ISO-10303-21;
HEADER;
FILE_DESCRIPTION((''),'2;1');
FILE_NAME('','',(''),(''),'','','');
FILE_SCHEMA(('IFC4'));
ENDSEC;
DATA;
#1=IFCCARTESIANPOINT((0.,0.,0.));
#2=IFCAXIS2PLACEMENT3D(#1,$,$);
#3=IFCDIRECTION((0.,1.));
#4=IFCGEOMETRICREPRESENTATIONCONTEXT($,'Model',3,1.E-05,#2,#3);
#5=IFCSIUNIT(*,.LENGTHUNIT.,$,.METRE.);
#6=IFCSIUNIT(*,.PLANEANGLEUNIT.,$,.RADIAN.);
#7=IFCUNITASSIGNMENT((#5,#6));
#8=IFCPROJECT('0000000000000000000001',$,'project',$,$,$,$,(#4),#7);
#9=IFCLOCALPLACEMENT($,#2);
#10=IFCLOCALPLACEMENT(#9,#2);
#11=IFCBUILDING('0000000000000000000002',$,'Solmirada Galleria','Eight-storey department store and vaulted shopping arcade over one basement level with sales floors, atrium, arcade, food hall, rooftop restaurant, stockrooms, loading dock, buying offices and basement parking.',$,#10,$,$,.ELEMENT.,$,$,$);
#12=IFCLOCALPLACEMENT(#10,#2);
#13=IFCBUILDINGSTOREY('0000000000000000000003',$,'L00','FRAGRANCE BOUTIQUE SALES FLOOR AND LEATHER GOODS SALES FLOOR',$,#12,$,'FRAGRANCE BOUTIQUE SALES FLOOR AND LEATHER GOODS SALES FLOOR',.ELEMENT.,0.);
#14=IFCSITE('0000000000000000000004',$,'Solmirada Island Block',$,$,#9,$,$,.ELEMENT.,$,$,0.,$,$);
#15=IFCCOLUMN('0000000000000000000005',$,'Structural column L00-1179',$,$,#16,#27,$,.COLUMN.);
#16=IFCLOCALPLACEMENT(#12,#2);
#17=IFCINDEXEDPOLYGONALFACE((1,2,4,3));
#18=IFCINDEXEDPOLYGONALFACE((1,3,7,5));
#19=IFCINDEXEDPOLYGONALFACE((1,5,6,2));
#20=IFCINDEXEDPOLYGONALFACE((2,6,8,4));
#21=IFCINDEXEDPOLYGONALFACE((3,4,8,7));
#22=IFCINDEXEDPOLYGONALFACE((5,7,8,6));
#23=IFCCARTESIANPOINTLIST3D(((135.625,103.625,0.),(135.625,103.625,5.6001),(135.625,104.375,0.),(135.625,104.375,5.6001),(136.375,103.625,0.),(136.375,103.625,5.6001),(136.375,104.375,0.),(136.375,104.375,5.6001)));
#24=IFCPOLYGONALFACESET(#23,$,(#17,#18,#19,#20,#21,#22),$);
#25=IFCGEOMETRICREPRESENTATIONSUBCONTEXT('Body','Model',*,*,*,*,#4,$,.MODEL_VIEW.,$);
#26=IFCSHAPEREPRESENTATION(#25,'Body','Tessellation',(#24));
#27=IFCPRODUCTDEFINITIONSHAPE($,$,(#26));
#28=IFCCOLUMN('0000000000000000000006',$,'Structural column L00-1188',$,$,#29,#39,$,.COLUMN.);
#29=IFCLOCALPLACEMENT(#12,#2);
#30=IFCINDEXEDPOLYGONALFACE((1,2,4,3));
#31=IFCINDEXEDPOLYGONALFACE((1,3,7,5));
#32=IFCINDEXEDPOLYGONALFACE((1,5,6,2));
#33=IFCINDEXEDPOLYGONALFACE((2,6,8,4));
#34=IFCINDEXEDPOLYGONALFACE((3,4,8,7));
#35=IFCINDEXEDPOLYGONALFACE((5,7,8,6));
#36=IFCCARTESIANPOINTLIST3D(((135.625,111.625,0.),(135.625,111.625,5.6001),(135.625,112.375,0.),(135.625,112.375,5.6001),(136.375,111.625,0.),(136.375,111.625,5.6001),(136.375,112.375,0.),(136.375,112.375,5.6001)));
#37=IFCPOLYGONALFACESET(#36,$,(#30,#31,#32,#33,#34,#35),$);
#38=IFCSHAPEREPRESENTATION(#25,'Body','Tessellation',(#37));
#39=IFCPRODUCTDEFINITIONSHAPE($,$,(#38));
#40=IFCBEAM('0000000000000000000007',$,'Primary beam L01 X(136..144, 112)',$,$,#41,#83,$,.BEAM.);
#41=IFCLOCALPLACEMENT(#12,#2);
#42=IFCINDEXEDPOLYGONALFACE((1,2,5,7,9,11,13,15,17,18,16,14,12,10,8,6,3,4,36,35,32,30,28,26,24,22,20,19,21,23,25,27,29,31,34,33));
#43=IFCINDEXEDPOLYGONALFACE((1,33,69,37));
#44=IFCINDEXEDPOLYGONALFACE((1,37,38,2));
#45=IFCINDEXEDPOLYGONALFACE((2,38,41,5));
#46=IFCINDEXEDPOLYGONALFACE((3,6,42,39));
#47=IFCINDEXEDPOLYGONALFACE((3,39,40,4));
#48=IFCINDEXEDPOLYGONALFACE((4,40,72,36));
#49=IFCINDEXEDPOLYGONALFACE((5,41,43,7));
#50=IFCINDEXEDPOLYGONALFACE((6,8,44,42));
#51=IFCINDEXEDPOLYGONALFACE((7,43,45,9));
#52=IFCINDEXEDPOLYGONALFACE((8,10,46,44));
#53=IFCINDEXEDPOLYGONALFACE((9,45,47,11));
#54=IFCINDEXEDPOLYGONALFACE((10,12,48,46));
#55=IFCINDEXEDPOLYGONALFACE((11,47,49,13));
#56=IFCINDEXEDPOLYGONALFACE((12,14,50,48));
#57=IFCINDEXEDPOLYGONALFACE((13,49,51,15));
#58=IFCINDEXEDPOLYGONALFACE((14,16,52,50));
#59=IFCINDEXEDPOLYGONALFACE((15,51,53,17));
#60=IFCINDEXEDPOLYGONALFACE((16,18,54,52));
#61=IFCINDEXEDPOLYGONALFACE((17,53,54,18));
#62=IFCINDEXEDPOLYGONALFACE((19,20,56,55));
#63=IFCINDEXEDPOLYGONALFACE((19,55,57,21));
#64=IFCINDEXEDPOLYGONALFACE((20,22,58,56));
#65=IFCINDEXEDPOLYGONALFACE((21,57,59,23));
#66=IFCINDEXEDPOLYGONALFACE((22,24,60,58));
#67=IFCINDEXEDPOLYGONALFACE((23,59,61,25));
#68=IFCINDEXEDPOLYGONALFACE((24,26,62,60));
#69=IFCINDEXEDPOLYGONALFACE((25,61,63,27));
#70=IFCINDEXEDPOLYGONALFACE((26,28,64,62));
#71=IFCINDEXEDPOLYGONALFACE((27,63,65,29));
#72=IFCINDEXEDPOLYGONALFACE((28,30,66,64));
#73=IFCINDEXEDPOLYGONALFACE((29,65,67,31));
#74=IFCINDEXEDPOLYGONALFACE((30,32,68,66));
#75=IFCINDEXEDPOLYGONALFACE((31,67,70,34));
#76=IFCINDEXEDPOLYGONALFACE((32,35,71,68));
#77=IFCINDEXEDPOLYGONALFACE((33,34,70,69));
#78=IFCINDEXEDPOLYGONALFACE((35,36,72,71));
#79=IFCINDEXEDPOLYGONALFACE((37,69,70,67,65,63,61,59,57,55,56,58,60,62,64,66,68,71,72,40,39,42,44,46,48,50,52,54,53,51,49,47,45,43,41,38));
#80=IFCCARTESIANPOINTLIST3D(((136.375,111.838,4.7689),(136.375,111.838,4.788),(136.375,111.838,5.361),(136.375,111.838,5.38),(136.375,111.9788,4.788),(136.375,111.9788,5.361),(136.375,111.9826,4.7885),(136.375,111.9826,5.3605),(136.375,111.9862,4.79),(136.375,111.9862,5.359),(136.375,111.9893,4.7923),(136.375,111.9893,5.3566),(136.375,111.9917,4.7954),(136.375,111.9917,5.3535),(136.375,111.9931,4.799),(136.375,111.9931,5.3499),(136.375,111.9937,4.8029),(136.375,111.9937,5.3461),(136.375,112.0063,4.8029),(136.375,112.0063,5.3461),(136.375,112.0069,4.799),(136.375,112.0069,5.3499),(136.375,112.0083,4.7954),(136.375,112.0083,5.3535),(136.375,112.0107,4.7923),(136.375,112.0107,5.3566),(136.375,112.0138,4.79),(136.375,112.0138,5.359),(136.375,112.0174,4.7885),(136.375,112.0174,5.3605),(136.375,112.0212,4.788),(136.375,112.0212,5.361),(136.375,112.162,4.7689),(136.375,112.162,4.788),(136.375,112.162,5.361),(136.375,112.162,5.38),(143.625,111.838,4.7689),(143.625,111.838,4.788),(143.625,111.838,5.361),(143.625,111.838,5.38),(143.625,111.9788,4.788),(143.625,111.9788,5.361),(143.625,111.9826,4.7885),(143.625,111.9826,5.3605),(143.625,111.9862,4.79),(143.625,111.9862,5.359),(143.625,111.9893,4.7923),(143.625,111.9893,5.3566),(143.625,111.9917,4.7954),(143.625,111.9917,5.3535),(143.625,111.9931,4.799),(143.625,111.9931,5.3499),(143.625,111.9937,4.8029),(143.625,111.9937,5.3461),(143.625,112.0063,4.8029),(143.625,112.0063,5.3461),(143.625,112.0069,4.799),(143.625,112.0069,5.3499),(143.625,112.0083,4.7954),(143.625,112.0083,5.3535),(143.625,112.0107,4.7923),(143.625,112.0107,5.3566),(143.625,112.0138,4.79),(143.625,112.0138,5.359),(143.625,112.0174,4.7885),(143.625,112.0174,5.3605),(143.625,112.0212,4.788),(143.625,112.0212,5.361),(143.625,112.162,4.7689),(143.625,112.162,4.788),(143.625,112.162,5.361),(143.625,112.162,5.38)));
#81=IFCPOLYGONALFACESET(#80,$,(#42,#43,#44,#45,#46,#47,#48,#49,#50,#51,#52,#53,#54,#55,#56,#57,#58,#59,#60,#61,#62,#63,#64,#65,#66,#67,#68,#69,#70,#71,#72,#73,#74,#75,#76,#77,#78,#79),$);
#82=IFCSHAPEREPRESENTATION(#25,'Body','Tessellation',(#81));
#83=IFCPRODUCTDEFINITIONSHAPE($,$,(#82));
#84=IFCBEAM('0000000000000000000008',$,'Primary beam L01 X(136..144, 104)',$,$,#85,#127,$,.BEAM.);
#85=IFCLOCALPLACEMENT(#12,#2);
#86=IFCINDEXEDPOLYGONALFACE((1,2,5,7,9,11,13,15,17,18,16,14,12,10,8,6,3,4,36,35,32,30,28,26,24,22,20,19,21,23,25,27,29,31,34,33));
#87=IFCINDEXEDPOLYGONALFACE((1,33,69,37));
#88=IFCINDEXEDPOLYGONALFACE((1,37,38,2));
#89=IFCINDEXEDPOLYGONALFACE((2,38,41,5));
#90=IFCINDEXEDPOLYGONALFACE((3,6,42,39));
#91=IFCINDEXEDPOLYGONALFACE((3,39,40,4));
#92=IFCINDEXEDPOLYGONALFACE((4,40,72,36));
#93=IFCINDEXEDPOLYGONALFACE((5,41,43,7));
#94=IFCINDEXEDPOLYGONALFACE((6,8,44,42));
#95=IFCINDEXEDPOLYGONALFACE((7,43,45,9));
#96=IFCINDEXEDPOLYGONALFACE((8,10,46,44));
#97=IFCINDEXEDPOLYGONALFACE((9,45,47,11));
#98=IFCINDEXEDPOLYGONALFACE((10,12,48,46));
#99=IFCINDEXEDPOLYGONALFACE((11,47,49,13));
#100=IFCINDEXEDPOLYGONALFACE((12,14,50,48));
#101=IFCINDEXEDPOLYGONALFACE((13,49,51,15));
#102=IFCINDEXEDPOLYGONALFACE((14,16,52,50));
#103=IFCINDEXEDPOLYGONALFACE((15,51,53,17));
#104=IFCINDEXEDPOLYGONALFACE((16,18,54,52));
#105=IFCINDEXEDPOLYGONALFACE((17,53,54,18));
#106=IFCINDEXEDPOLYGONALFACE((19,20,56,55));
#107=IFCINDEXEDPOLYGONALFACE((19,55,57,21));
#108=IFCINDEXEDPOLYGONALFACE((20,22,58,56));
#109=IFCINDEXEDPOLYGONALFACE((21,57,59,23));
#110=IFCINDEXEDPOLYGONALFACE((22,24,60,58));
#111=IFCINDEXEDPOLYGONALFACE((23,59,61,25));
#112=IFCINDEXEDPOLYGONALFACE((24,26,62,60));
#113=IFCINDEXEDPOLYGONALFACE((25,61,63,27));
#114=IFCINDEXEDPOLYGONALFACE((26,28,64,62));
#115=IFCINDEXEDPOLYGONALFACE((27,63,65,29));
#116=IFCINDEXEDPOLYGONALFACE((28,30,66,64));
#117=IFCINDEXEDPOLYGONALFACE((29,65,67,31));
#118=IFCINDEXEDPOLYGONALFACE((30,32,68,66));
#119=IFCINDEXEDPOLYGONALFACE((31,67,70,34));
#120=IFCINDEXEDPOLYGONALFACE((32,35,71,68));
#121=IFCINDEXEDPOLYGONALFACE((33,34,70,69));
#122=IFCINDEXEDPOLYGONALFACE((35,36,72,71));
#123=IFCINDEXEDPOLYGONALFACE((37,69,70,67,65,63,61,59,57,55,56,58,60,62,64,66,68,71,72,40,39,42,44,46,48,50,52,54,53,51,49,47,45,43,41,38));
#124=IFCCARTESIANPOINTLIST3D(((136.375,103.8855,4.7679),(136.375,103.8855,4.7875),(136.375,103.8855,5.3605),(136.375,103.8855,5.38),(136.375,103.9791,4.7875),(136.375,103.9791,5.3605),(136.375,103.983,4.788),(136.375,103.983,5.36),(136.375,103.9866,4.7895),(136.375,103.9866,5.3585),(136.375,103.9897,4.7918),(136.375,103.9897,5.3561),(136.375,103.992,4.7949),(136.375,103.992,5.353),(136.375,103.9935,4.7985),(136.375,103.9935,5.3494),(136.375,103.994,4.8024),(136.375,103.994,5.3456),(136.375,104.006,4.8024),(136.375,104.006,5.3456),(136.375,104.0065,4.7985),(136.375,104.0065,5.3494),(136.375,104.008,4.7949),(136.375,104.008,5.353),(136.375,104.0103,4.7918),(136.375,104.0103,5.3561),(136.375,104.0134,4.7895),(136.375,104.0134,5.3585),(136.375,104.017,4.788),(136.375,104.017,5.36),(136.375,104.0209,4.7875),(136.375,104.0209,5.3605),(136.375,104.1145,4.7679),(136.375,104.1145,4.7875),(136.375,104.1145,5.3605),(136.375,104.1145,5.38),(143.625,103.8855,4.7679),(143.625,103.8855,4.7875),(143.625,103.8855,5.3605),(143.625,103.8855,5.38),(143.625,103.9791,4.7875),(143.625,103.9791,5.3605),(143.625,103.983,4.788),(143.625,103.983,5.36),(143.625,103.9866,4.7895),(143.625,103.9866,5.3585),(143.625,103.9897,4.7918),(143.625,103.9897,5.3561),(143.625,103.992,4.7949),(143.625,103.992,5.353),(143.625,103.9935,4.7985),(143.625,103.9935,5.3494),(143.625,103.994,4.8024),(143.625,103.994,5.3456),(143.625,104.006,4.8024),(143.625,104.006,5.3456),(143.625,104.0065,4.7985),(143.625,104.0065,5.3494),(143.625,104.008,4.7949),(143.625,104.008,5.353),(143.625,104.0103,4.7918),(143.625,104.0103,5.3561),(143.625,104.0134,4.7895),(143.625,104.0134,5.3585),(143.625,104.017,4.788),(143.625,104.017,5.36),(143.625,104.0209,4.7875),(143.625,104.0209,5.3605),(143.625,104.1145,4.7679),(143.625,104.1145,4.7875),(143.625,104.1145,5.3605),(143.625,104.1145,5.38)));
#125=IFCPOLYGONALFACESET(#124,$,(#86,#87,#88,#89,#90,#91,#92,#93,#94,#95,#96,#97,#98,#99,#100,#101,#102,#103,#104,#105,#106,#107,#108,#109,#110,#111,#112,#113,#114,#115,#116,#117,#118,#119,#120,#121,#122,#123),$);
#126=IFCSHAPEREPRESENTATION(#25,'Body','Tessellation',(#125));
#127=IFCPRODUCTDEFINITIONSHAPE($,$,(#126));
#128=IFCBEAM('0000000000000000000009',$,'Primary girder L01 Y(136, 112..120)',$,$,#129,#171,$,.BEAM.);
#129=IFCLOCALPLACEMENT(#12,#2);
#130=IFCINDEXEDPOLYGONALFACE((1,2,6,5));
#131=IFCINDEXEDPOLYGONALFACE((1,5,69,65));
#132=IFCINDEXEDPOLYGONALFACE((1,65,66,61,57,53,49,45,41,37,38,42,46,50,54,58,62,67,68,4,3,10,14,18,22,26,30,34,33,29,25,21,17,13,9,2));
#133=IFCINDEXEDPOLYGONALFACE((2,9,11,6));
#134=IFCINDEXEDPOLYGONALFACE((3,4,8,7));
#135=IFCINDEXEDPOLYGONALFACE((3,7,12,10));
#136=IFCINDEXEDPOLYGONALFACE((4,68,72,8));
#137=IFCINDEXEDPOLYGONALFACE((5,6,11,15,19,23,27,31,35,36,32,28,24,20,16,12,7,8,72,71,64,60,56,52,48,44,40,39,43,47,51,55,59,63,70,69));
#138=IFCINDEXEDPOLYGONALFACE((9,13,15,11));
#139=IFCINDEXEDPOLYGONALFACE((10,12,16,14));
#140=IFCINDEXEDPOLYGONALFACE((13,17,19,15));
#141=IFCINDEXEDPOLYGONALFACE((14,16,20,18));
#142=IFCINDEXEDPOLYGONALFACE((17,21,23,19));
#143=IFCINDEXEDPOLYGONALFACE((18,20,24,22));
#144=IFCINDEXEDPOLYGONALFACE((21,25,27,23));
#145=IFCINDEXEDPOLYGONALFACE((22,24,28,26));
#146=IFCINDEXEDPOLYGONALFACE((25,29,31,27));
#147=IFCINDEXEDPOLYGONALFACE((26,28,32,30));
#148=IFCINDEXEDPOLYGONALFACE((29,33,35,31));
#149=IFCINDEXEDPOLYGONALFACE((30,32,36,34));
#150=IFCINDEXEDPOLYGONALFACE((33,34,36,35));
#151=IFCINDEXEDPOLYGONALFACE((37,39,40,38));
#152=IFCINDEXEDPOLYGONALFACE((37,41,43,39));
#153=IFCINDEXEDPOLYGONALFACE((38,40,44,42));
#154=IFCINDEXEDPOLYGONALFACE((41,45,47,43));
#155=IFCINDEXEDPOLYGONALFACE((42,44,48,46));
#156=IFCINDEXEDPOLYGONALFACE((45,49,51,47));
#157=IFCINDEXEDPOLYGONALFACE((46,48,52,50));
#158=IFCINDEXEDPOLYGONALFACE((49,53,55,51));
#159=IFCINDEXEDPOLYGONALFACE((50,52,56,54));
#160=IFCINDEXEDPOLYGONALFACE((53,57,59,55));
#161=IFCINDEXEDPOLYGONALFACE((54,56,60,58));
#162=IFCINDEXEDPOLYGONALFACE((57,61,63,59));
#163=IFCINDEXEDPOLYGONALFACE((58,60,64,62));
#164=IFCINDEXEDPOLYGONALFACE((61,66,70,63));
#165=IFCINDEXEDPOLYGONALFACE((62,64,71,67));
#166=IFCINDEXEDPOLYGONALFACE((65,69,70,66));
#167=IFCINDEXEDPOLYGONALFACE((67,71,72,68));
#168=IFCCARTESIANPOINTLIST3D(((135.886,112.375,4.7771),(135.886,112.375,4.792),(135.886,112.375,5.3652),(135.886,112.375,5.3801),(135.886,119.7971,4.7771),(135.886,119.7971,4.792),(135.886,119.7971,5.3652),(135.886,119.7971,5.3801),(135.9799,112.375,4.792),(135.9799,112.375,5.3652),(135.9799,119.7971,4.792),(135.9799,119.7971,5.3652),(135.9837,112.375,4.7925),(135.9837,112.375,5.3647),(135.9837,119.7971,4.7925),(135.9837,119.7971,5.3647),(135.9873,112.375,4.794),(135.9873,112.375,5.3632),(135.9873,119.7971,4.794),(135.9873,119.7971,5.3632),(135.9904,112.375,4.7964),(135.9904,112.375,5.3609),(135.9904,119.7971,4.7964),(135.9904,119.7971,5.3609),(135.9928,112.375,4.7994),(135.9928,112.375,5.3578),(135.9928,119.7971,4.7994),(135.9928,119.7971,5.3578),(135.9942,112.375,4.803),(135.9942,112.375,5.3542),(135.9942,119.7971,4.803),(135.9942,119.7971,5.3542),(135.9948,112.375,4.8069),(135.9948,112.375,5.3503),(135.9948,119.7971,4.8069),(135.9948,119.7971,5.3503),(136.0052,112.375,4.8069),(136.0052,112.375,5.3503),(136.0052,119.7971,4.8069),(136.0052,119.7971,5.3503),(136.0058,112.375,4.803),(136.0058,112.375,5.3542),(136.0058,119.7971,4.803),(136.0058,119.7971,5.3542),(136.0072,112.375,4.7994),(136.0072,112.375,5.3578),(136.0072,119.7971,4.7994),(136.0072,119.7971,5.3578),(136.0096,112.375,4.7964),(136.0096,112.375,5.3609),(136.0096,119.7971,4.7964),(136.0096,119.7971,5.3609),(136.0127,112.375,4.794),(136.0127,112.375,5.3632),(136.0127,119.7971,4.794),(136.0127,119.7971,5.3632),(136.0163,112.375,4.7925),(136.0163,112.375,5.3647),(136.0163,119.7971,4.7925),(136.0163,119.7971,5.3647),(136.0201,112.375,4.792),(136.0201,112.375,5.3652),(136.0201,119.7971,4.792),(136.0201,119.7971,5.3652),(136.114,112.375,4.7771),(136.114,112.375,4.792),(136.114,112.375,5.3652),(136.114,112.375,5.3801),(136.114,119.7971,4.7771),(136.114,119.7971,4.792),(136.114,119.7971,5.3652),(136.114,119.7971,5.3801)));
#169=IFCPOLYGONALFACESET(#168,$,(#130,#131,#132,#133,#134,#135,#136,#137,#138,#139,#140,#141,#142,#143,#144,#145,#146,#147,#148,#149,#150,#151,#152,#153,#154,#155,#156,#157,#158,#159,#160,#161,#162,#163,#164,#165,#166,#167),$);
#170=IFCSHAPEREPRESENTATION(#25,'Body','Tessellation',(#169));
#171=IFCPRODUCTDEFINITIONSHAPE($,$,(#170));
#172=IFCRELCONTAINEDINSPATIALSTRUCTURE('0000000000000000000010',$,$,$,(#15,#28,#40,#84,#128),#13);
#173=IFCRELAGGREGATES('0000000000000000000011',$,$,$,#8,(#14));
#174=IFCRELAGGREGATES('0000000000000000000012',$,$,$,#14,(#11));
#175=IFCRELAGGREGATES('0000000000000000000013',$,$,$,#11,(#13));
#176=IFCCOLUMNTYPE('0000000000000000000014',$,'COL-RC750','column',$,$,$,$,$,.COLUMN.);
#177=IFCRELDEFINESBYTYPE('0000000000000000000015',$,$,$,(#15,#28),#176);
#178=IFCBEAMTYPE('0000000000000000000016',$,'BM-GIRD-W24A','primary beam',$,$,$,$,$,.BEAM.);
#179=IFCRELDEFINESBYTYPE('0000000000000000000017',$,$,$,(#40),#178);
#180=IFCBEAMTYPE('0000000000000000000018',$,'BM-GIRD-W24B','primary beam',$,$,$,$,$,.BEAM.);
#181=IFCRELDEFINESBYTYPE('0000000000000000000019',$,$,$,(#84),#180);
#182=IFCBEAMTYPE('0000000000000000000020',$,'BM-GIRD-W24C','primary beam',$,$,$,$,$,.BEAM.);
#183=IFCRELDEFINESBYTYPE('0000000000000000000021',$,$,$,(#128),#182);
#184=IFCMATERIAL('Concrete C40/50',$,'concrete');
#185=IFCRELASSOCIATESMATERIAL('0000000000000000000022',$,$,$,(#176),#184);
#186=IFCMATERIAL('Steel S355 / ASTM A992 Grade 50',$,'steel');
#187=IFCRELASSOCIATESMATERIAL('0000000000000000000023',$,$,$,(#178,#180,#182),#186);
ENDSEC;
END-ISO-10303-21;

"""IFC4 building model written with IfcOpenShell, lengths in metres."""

from ifc_helpers import new_model, si_unit, direction, frame, origin, origin_2d, place, context, subcontext, project, spatial, rectangle, i_section, extrude, material, material_profile, profile_set, type_object, element, save


model = new_model("IFC4")

# Units and contexts
model_context = context("Model", 3, precision=1e-05, world=origin(), true_north=direction((0.0, 1.0)))
body_context = subcontext(model_context, "Body", "Model", "MODEL_VIEW")
ifc_project = project(units=[si_unit("LENGTHUNIT", "METRE"), si_unit("PLANEANGLEUNIT", "RADIAN")], contexts=[model_context])

# Site, building, storey
site_placement = place(None, origin())
site = spatial("IfcSite", under=ifc_project, at=site_placement, Name="Solmirada Island Block", CompositionType="ELEMENT", RefElevation=0.0)
building_placement = place(site_placement, origin())
building = spatial("IfcBuilding", under=site, at=building_placement, Name="Solmirada Galleria", Description="Eight-storey department store and vaulted shopping arcade over one basement level with sales floors, atrium, arcade, food hall, rooftop restaurant, stockrooms, loading dock, buying offices and basement parking.", CompositionType="ELEMENT")
storey_placement = place(building_placement, origin())
storey = spatial("IfcBuildingStorey", under=building, at=storey_placement, Name="L00", Description="FRAGRANCE BOUTIQUE SALES FLOOR AND LEATHER GOODS SALES FLOOR", LongName="FRAGRANCE BOUTIQUE SALES FLOOR AND LEATHER GOODS SALES FLOOR", CompositionType="ELEMENT", Elevation=0.0)

# Columns
ifc_material_1 = material(Name="Concrete C40/50", Category="concrete")
ifc_material_profile_1 = material_profile(ifc_material_1, rectangle(XDim=0.75, YDim=0.75, at=origin_2d()), Name="RC750X750")
ifc_profile_set_1 = profile_set([ifc_material_profile_1], Name="Concrete C40/50")
column_type = type_object("IfcColumnType", Name="COL-RC750", Description="column", PredefinedType="COLUMN", material=ifc_profile_set_1)
for number, where, z_axis, x_axis, name in (
    (1, (136.0, 104.0, 0.0), (0.0, 0.0, 1.0), (1.0, 0.0, 0.0), "Structural column L00-1179"),
    (2, (136.0, 112.0, 0.0), (0.0, 0.0, 1.0), (1.0, 0.0, 0.0), "Structural column L00-1188"),
):
    element("IfcColumn", number, at=place(storey_placement, frame(where, z_axis=z_axis, x_axis=x_axis)), inside=storey, type_object=column_type, Name=name, PredefinedType="COLUMN", context=body_context, shape_type="SweptSolid", body=[
        extrude(rectangle(XDim=0.75, YDim=0.75, at=origin_2d()), origin(), (0.0, 0.0, 1.0), 5.6001),
    ])

# Beams
ifc_material_2 = material(Name="Steel S355 / ASTM A992 Grade 50", Category="steel")
ifc_material_profile_2 = material_profile(ifc_material_2, i_section(OverallWidth=0.324, OverallDepth=0.6111, WebThickness=0.0127, FlangeThickness=0.019, FilletRadius=0.0149, at=origin_2d()), Name="W24X104")
ifc_profile_set_2 = profile_set([ifc_material_profile_2], Name="Steel S355 / ASTM A992 Grade 50")
beam_type_1 = type_object("IfcBeamType", Name="BM-GIRD-W24A", Description="primary beam", PredefinedType="BEAM", material=ifc_profile_set_2)
beam_1_placement = place(storey_placement, frame((136.375, 112.0, 5.0745), z_axis=(1.0, 0.0, 0.0), x_axis=(0.0, 1.0, 0.0)))
element("IfcBeam", 3, at=beam_1_placement, inside=storey, type_object=beam_type_1, Name="Primary beam L01 X(136..144, 112)", PredefinedType="BEAM", context=body_context, shape_type="SweptSolid", body=[
    extrude(i_section(OverallWidth=0.324, OverallDepth=0.6111, WebThickness=0.0127, FlangeThickness=0.019, FilletRadius=0.0149, at=origin_2d()), origin(), (0.0, 0.0, 1.0), 7.25),
])
ifc_material_profile_3 = material_profile(ifc_material_2, i_section(OverallWidth=0.229, OverallDepth=0.6121, WebThickness=0.012, FlangeThickness=0.0195, FilletRadius=0.0149, at=origin_2d()), Name="W24X84")
ifc_profile_set_3 = profile_set([ifc_material_profile_3], Name="Steel S355 / ASTM A992 Grade 50")
beam_type_2 = type_object("IfcBeamType", Name="BM-GIRD-W24B", Description="primary beam", PredefinedType="BEAM", material=ifc_profile_set_3)
beam_2_placement = place(storey_placement, frame((136.375, 104.0, 5.074), z_axis=(1.0, 0.0, 0.0), x_axis=(0.0, 1.0, 0.0)))
element("IfcBeam", 4, at=beam_2_placement, inside=storey, type_object=beam_type_2, Name="Primary beam L01 X(136..144, 104)", PredefinedType="BEAM", context=body_context, shape_type="SweptSolid", body=[
    extrude(i_section(OverallWidth=0.229, OverallDepth=0.6121, WebThickness=0.012, FlangeThickness=0.0195, FilletRadius=0.0149, at=origin_2d()), origin(), (0.0, 0.0, 1.0), 7.25),
])
ifc_material_profile_4 = material_profile(ifc_material_2, i_section(OverallWidth=0.228, OverallDepth=0.603, WebThickness=0.0105, FlangeThickness=0.0149, FilletRadius=0.0149, at=origin_2d()), Name="W24X68")
ifc_profile_set_4 = profile_set([ifc_material_profile_4], Name="Steel S355 / ASTM A992 Grade 50")
beam_type_3 = type_object("IfcBeamType", Name="BM-GIRD-W24C", Description="primary beam", PredefinedType="BEAM", material=ifc_profile_set_4)
beam_3_placement = place(storey_placement, frame((136.0, 112.375, 5.0786), z_axis=(0.0, 1.0, 0.0), x_axis=(-1.0, 0.0, 0.0)))
element("IfcBeam", 5, at=beam_3_placement, inside=storey, type_object=beam_type_3, Name="Primary girder L01 Y(136, 112..120)", PredefinedType="BEAM", context=body_context, shape_type="SweptSolid", body=[
    extrude(i_section(OverallWidth=0.228, OverallDepth=0.603, WebThickness=0.0105, FlangeThickness=0.0149, FilletRadius=0.0149, at=origin_2d()), origin(), (0.0, 0.0, 1.0), 7.4221),
])

save(model, "model.ifc")
